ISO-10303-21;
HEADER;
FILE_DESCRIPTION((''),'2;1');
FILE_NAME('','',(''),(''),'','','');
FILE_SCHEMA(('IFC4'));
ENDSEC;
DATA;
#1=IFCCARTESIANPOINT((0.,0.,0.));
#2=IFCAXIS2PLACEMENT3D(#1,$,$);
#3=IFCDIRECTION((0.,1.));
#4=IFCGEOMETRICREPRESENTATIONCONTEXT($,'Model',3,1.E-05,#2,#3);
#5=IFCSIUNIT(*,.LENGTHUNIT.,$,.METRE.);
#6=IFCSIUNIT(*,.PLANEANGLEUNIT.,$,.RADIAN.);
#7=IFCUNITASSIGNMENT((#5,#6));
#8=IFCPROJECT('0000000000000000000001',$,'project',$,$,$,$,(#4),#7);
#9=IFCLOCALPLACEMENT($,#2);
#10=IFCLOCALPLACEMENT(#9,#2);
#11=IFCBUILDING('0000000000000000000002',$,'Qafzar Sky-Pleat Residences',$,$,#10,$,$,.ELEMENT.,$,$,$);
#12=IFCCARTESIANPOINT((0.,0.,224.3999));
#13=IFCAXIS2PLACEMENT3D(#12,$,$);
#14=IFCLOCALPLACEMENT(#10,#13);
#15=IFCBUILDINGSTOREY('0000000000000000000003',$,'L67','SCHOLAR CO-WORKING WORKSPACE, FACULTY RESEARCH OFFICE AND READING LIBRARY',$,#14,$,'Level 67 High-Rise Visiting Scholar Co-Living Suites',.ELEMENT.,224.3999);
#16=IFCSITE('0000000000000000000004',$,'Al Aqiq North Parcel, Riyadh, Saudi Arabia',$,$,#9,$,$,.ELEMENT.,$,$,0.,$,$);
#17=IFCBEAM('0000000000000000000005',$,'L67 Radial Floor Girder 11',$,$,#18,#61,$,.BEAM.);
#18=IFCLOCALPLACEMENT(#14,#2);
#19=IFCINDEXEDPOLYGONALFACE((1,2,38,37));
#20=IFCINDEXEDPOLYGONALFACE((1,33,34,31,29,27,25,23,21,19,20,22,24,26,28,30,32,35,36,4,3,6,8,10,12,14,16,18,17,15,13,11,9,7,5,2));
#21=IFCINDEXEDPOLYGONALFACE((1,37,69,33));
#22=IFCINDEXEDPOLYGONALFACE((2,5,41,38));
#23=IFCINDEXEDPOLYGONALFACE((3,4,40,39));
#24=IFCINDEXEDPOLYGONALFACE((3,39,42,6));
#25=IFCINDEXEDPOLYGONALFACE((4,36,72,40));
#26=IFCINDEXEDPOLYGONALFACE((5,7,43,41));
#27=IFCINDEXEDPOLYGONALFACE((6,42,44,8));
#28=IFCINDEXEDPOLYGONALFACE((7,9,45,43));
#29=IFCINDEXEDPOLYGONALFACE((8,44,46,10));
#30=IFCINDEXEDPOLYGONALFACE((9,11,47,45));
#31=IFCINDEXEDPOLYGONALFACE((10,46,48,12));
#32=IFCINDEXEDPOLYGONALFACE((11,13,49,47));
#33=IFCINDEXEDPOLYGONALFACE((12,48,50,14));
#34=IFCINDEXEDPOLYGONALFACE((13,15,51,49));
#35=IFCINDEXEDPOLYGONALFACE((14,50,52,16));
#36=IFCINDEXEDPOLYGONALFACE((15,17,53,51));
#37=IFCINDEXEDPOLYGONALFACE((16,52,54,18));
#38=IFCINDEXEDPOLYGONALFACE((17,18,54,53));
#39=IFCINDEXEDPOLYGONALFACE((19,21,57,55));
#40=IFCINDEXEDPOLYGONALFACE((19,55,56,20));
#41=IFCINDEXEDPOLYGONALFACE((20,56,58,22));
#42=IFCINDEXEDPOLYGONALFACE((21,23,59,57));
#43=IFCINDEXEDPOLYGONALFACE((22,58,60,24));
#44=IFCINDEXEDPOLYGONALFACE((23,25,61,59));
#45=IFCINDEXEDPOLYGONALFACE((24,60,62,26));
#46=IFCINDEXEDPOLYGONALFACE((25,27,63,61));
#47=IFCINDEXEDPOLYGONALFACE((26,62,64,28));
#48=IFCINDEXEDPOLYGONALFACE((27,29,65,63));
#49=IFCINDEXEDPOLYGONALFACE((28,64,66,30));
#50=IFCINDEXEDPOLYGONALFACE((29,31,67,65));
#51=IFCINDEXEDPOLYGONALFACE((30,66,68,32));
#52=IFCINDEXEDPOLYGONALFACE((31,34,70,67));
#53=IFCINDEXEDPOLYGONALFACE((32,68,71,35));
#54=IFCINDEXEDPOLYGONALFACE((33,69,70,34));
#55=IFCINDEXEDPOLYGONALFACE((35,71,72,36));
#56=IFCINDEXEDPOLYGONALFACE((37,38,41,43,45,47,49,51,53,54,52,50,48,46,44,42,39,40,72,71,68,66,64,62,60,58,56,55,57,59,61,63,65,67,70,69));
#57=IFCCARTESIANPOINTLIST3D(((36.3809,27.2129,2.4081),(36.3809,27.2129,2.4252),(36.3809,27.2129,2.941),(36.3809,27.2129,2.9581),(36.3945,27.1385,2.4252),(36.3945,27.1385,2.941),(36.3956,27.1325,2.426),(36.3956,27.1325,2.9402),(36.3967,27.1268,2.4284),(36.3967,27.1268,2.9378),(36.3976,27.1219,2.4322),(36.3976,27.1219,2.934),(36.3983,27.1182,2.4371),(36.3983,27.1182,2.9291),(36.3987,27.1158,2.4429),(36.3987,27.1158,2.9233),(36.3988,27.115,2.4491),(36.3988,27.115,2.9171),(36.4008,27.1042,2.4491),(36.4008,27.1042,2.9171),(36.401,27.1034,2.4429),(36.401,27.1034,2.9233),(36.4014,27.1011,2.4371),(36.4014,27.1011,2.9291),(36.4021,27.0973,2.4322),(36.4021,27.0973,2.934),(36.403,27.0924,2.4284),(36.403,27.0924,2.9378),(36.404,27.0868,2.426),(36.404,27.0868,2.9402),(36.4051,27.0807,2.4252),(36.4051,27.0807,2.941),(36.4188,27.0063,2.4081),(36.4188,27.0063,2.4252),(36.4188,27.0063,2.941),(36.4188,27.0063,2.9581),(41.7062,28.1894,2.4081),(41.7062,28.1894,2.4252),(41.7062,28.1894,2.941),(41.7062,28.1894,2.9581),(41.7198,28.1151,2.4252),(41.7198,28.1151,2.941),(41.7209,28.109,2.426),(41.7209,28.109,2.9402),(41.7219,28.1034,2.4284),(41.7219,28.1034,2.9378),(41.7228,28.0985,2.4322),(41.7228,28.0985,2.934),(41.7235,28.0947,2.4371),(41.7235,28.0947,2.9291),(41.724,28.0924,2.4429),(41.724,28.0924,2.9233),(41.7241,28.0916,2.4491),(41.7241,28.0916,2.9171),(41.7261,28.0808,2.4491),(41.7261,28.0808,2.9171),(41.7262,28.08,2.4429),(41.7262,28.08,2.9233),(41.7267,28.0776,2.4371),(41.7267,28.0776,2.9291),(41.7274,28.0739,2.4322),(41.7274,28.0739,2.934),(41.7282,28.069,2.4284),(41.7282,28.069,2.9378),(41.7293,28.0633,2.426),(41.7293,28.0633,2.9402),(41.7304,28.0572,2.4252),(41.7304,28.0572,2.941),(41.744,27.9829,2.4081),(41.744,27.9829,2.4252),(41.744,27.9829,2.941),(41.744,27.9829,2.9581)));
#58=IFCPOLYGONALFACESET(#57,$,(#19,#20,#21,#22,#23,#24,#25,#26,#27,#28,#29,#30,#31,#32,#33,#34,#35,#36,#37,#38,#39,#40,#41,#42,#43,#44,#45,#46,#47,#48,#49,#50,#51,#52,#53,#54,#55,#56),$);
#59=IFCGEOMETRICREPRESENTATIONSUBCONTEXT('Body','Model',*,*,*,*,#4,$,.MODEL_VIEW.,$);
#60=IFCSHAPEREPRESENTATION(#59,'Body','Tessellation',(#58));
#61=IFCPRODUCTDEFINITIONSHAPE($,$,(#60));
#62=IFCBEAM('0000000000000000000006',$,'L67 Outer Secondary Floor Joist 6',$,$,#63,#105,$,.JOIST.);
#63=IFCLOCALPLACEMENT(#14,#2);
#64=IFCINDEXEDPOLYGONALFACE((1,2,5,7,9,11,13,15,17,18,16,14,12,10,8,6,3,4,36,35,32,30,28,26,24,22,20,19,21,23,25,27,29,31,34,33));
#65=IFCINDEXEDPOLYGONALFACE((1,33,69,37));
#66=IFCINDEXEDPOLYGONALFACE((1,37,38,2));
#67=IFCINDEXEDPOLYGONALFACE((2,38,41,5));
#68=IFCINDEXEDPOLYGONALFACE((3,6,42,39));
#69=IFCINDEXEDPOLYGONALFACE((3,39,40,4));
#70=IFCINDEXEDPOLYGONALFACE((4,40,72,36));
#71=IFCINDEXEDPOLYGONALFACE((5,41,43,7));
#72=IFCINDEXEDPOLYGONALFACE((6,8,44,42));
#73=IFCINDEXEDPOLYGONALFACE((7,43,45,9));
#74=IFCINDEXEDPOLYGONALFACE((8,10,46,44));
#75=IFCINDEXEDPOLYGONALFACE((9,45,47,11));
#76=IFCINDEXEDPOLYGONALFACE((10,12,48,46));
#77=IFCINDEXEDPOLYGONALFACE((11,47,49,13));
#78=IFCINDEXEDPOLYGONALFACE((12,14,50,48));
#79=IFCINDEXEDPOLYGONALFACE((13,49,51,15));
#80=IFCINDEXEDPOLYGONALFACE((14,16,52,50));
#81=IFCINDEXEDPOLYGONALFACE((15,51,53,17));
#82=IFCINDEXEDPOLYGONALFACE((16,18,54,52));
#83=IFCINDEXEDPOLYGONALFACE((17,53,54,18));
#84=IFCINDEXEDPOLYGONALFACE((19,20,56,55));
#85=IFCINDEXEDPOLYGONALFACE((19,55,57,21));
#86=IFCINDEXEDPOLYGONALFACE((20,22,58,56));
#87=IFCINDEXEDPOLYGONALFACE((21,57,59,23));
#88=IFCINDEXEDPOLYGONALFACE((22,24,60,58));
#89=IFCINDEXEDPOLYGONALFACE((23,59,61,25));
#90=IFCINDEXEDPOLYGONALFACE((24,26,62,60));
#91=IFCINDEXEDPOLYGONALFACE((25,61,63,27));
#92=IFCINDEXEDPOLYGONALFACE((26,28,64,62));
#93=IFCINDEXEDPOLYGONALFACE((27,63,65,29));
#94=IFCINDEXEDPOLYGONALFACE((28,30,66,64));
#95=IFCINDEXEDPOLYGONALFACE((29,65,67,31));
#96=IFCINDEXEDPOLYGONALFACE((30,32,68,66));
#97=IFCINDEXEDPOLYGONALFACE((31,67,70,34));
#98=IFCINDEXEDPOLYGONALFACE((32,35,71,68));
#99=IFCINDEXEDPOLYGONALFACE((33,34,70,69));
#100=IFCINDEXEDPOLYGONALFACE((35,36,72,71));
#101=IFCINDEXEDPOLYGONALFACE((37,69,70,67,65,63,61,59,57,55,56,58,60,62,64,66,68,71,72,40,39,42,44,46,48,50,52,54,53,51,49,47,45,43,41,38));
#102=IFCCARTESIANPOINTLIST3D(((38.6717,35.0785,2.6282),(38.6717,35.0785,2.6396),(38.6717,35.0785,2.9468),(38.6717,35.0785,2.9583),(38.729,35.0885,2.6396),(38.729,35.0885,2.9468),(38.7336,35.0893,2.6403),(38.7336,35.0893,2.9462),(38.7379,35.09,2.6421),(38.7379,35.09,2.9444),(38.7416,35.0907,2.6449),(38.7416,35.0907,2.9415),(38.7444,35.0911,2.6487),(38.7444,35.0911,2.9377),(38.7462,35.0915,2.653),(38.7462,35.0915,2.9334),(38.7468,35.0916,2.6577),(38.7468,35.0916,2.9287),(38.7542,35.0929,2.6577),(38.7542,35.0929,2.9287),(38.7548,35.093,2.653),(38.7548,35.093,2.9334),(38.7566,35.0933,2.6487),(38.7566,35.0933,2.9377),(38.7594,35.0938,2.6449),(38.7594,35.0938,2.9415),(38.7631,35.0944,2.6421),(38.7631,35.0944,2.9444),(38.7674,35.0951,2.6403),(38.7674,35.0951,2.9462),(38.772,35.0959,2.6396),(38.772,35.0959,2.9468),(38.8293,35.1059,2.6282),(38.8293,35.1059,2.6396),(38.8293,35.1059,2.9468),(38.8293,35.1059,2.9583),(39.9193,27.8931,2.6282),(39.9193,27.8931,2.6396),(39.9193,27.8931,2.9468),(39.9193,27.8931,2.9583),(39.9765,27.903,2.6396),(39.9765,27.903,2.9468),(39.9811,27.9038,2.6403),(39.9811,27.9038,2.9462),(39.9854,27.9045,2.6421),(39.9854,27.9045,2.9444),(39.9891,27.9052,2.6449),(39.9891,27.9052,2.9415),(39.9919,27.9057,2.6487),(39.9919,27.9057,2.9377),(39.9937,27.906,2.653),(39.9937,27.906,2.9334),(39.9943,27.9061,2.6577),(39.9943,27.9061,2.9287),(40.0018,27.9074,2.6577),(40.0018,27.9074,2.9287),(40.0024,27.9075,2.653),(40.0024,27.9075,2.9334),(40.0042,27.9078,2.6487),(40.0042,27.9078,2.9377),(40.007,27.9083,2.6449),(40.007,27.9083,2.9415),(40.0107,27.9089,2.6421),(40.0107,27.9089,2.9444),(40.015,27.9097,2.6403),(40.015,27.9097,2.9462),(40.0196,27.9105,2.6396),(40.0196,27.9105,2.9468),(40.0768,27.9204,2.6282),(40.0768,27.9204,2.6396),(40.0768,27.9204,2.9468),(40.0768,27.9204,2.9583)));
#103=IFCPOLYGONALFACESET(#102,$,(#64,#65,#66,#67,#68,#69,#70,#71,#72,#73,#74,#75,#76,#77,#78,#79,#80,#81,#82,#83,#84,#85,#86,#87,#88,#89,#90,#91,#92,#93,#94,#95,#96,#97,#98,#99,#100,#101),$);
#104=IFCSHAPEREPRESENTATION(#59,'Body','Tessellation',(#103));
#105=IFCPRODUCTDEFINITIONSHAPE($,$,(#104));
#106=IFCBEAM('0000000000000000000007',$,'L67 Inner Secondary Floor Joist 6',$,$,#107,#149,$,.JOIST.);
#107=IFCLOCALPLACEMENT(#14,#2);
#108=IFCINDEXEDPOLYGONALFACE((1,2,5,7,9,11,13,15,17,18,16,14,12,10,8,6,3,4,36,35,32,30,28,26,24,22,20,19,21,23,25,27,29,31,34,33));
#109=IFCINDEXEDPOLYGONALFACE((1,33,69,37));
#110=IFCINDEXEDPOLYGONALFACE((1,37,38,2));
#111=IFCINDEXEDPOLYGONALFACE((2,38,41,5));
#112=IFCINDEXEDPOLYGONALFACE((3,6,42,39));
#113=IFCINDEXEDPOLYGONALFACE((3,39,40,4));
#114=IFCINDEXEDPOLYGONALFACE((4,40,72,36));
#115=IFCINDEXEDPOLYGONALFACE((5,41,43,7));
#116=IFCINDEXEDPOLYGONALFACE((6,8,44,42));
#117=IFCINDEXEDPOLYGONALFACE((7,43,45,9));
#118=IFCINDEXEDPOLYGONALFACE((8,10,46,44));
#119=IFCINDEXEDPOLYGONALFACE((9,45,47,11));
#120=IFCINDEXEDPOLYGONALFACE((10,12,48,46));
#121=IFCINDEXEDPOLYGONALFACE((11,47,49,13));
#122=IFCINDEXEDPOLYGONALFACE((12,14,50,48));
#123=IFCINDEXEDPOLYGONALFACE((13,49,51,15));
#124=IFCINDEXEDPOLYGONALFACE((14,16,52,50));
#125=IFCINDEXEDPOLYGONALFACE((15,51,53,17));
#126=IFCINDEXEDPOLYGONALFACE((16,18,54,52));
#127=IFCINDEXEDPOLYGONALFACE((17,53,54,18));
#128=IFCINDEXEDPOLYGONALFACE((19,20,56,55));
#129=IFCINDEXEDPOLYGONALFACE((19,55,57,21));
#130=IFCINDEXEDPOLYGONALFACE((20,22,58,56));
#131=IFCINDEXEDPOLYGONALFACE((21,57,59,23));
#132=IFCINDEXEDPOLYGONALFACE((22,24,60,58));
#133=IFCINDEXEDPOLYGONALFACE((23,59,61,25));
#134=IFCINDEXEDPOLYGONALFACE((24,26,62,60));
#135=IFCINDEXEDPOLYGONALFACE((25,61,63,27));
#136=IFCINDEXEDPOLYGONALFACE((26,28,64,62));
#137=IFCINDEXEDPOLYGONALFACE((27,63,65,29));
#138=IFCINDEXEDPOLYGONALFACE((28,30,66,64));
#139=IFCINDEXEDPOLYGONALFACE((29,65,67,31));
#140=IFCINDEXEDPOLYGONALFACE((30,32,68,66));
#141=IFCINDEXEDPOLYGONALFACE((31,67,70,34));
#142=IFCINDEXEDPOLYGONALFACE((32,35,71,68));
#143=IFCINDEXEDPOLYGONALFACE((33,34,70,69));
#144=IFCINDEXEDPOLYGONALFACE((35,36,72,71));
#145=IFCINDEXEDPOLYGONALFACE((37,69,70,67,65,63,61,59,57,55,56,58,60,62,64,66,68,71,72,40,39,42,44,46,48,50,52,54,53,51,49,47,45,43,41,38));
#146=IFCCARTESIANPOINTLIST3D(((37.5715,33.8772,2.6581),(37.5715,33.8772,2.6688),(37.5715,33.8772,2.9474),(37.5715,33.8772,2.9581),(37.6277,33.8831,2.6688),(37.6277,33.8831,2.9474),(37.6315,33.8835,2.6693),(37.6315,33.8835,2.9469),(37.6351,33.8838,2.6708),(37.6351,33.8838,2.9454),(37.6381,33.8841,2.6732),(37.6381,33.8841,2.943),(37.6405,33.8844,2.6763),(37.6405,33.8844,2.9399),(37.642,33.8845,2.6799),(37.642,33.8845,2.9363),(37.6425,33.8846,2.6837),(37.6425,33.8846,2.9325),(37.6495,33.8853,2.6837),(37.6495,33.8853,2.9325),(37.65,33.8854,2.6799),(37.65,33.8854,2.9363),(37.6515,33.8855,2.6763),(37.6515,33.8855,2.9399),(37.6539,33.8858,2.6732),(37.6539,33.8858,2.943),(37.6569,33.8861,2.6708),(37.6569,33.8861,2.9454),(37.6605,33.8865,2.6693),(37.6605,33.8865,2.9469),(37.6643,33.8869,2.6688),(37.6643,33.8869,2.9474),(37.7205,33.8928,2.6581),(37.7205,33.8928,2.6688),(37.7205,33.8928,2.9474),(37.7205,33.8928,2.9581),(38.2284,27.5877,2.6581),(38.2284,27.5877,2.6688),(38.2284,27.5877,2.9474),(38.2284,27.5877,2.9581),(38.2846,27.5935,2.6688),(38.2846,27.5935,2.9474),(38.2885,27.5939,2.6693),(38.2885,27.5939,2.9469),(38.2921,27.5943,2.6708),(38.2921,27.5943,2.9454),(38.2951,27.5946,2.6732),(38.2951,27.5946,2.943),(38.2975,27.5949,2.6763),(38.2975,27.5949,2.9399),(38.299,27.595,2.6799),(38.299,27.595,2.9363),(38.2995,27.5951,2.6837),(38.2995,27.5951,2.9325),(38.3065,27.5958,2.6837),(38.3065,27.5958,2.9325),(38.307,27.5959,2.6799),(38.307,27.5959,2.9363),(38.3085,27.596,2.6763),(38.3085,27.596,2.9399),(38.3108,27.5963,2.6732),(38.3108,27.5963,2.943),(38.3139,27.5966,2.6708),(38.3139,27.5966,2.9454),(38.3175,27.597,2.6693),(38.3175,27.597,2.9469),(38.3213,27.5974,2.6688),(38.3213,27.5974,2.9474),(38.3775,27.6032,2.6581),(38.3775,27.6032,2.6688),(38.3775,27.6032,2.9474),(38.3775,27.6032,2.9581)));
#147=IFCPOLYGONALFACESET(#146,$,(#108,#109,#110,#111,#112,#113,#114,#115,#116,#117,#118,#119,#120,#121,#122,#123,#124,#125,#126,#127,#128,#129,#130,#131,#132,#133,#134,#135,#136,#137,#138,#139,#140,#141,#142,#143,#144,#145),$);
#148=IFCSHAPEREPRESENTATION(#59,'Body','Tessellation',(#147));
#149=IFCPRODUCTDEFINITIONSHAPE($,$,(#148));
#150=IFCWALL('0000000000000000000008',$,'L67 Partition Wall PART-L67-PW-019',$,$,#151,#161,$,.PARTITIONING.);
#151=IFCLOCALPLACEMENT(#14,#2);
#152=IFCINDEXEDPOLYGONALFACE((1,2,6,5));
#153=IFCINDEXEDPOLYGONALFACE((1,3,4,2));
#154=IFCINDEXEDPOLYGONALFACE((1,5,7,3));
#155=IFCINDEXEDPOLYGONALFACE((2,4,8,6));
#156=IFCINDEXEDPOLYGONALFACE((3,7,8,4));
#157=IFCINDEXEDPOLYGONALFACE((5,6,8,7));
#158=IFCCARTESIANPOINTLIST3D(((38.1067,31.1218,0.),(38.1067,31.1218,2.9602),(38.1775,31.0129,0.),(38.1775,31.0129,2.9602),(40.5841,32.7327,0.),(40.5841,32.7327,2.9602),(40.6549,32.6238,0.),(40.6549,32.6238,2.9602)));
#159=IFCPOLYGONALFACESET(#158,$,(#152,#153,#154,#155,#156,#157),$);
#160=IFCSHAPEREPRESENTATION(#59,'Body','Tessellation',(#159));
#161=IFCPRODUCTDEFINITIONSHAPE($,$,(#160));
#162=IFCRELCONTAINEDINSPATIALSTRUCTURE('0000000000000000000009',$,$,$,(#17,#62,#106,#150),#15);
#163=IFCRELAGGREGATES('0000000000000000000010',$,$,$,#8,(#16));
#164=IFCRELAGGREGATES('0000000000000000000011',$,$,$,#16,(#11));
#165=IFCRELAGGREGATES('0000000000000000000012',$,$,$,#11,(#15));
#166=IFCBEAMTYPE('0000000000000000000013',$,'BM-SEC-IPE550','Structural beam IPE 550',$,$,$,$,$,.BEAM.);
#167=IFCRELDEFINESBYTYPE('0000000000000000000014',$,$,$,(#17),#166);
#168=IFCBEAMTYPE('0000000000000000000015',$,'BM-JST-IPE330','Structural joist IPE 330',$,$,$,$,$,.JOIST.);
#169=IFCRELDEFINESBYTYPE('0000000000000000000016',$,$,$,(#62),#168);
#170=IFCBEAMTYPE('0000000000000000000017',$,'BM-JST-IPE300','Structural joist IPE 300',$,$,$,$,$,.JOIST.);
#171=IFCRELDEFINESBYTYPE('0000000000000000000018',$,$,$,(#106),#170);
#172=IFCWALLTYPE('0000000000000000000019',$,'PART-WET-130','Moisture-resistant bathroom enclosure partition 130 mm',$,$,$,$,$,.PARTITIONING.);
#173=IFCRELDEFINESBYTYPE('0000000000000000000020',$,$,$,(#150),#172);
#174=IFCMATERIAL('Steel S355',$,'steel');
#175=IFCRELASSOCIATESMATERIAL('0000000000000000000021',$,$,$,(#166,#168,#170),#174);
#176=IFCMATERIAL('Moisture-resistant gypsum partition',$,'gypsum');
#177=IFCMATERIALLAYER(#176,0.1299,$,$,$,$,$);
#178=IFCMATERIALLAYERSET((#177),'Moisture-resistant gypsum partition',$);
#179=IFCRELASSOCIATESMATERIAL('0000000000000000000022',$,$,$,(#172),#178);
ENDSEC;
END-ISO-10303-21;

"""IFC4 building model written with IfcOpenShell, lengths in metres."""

from ifc_helpers import new_model, si_unit, direction, frame, frame_2d, origin, origin_2d, place, context, subcontext, project, spatial, rectangle, i_section, extrude, source, transform, mapped, material, layer, layer_set, material_profile, profile_set, type_object, element, save


model = new_model("IFC4")

# Units and contexts
model_context = context("Model", 3, precision=1e-05, world=origin(), true_north=direction((0.0, 1.0)))
body_context = subcontext(model_context, "Body", "Model", "MODEL_VIEW")
ifc_project = project(units=[si_unit("LENGTHUNIT", "METRE"), si_unit("PLANEANGLEUNIT", "RADIAN")], contexts=[model_context])

# Site, building, storey
site_placement = place(None, origin())
site = spatial("IfcSite", under=ifc_project, at=site_placement, Name="Al Aqiq North Parcel, Riyadh, Saudi Arabia", CompositionType="ELEMENT", RefElevation=0.0)
building_placement = place(site_placement, origin())
building = spatial("IfcBuilding", under=site, at=building_placement, Name="Qafzar Sky-Pleat Residences", CompositionType="ELEMENT")
storey_placement = place(building_placement, frame((0.0, 0.0, 224.3999)))
storey = spatial("IfcBuildingStorey", under=building, at=storey_placement, Name="L67", Description="SCHOLAR CO-WORKING WORKSPACE, FACULTY RESEARCH OFFICE AND READING LIBRARY", LongName="Level 67 High-Rise Visiting Scholar Co-Living Suites", CompositionType="ELEMENT", Elevation=224.3999)

# Shared definitions
ifc_material_1 = material(Name="Steel S355", Category="steel")

# Beams
ifc_material_profile_1 = material_profile(ifc_material_1, i_section(OverallWidth=0.21, OverallDepth=0.55, WebThickness=0.011, FlangeThickness=0.0171, FilletRadius=0.0239, at=origin_2d()), Name="IPE 550")
ifc_profile_set_1 = profile_set([ifc_material_profile_1], Name="Steel S355")
beam_type_1 = type_object("IfcBeamType", Name="BM-SEC-IPE550", Description="Structural beam IPE 550", PredefinedType="BEAM", material=ifc_profile_set_1)
shared_shape_1 = source(origin(), body_context, "Body", "SweptSolid", [
    extrude(i_section(OverallWidth=0.21, OverallDepth=0.55, WebThickness=0.011, FlangeThickness=0.0171, FilletRadius=0.0239, at=origin_2d()), origin(), (0.0, 0.0, 1.0), 5.4141),
])
beam_1_placement = place(storey_placement, frame((41.7251, 28.0862, 2.6831), z_axis=(-0.983597, -0.180377, 0.0), x_axis=(0.180377, -0.983597, 0.0)))
element("IfcBeam", 1, at=beam_1_placement, inside=storey, type_object=beam_type_1, Name="L67 Radial Floor Girder 11", PredefinedType="BEAM", context=body_context, shape_type="MappedRepresentation", body=[
    mapped(shared_shape_1, transform((0.0, 0.0, 0.0), x_axis=(1.0, 0.0, 0.0), y_axis=(0.0, 1.0, 0.0), z_axis=(0.0, 0.0, 1.0), scale=1.0)),
])
ifc_material_profile_2 = material_profile(ifc_material_1, i_section(OverallWidth=0.1599, OverallDepth=0.3301, WebThickness=0.0076, FlangeThickness=0.0115, FilletRadius=0.0181, at=origin_2d()), Name="IPE 330")
ifc_profile_set_2 = profile_set([ifc_material_profile_2], Name="Steel S355")
beam_type_2 = type_object("IfcBeamType", Name="BM-JST-IPE330", Description="Structural joist IPE 330", PredefinedType="JOIST", material=ifc_profile_set_2)
shared_shape_2 = source(origin(), body_context, "Body", "SweptSolid", [
    extrude(i_section(OverallWidth=0.1599, OverallDepth=0.3301, WebThickness=0.0076, FlangeThickness=0.0115, FilletRadius=0.0181, at=origin_2d()), origin(), (0.0, 0.0, 1.0), 7.293),
])
beam_2_placement = place(storey_placement, frame((39.998, 27.9067, 2.7932), z_axis=(-0.171061, 0.98526, 0.0), x_axis=(-0.98526, -0.171061, 0.0)))
element("IfcBeam", 2, at=beam_2_placement, inside=storey, type_object=beam_type_2, Name="L67 Outer Secondary Floor Joist 6", PredefinedType="JOIST", context=body_context, shape_type="MappedRepresentation", body=[
    mapped(shared_shape_2, transform((0.0, 0.0, 0.0), x_axis=(1.0, 0.0, 0.0), y_axis=(0.0, 1.0, 0.0), z_axis=(0.0, 0.0, 1.0), scale=1.0)),
])
ifc_material_profile_3 = material_profile(ifc_material_1, i_section(OverallWidth=0.1499, OverallDepth=0.3, WebThickness=0.0071, FlangeThickness=0.0107, FilletRadius=0.0149, at=origin_2d()), Name="IPE 300")
ifc_profile_set_3 = profile_set([ifc_material_profile_3], Name="Steel S355")
beam_type_3 = type_object("IfcBeamType", Name="BM-JST-IPE300", Description="Structural joist IPE 300", PredefinedType="JOIST", material=ifc_profile_set_3)
shared_shape_3 = source(origin(), body_context, "Body", "SweptSolid", [
    extrude(i_section(OverallWidth=0.1499, OverallDepth=0.3, WebThickness=0.0071, FlangeThickness=0.0107, FilletRadius=0.0149, at=origin_2d()), origin(), (0.0, 0.0, 1.0), 6.3237),
])
beam_3_placement = place(storey_placement, frame((38.303, 27.5955, 2.8081), z_axis=(-0.103891, 0.994589, 0.0), x_axis=(-0.994589, -0.103891, 0.0)))
element("IfcBeam", 3, at=beam_3_placement, inside=storey, type_object=beam_type_3, Name="L67 Inner Secondary Floor Joist 6", PredefinedType="JOIST", context=body_context, shape_type="MappedRepresentation", body=[
    mapped(shared_shape_3, transform((0.0, 0.0, 0.0), x_axis=(1.0, 0.0, 0.0), y_axis=(0.0, 1.0, 0.0), z_axis=(0.0, 0.0, 1.0), scale=1.0)),
])

# Wall
ifc_material_2 = material(Name="Moisture-resistant gypsum partition", Category="gypsum")
ifc_layer_1 = layer(ifc_material_2, 0.1299)
ifc_layer_set_1 = layer_set([ifc_layer_1], Name="Moisture-resistant gypsum partition")
wall_type_1 = type_object("IfcWallType", Name="PART-WET-130", Description="Moisture-resistant bathroom enclosure partition 130 mm", PredefinedType="PARTITIONING", material=ifc_layer_set_1)
wall_1_placement = place(storey_placement, frame((38.1421, 31.0674, 0.0), z_axis=(0.0, 0.0, 1.0), x_axis=(0.838351, 0.545131, 0.0)))
element("IfcWall", 4, at=wall_1_placement, inside=storey, type_object=wall_type_1, Name="L67 Partition Wall PART-L67-PW-019", PredefinedType="PARTITIONING", context=body_context, shape_type="SweptSolid", body=[
    extrude(rectangle(XDim=2.9551, YDim=0.1299, at=frame_2d((1.4775, 0.0))), origin(), (0.0, 0.0, 1.0), 2.9602),
])

save(model, "model.ifc")
